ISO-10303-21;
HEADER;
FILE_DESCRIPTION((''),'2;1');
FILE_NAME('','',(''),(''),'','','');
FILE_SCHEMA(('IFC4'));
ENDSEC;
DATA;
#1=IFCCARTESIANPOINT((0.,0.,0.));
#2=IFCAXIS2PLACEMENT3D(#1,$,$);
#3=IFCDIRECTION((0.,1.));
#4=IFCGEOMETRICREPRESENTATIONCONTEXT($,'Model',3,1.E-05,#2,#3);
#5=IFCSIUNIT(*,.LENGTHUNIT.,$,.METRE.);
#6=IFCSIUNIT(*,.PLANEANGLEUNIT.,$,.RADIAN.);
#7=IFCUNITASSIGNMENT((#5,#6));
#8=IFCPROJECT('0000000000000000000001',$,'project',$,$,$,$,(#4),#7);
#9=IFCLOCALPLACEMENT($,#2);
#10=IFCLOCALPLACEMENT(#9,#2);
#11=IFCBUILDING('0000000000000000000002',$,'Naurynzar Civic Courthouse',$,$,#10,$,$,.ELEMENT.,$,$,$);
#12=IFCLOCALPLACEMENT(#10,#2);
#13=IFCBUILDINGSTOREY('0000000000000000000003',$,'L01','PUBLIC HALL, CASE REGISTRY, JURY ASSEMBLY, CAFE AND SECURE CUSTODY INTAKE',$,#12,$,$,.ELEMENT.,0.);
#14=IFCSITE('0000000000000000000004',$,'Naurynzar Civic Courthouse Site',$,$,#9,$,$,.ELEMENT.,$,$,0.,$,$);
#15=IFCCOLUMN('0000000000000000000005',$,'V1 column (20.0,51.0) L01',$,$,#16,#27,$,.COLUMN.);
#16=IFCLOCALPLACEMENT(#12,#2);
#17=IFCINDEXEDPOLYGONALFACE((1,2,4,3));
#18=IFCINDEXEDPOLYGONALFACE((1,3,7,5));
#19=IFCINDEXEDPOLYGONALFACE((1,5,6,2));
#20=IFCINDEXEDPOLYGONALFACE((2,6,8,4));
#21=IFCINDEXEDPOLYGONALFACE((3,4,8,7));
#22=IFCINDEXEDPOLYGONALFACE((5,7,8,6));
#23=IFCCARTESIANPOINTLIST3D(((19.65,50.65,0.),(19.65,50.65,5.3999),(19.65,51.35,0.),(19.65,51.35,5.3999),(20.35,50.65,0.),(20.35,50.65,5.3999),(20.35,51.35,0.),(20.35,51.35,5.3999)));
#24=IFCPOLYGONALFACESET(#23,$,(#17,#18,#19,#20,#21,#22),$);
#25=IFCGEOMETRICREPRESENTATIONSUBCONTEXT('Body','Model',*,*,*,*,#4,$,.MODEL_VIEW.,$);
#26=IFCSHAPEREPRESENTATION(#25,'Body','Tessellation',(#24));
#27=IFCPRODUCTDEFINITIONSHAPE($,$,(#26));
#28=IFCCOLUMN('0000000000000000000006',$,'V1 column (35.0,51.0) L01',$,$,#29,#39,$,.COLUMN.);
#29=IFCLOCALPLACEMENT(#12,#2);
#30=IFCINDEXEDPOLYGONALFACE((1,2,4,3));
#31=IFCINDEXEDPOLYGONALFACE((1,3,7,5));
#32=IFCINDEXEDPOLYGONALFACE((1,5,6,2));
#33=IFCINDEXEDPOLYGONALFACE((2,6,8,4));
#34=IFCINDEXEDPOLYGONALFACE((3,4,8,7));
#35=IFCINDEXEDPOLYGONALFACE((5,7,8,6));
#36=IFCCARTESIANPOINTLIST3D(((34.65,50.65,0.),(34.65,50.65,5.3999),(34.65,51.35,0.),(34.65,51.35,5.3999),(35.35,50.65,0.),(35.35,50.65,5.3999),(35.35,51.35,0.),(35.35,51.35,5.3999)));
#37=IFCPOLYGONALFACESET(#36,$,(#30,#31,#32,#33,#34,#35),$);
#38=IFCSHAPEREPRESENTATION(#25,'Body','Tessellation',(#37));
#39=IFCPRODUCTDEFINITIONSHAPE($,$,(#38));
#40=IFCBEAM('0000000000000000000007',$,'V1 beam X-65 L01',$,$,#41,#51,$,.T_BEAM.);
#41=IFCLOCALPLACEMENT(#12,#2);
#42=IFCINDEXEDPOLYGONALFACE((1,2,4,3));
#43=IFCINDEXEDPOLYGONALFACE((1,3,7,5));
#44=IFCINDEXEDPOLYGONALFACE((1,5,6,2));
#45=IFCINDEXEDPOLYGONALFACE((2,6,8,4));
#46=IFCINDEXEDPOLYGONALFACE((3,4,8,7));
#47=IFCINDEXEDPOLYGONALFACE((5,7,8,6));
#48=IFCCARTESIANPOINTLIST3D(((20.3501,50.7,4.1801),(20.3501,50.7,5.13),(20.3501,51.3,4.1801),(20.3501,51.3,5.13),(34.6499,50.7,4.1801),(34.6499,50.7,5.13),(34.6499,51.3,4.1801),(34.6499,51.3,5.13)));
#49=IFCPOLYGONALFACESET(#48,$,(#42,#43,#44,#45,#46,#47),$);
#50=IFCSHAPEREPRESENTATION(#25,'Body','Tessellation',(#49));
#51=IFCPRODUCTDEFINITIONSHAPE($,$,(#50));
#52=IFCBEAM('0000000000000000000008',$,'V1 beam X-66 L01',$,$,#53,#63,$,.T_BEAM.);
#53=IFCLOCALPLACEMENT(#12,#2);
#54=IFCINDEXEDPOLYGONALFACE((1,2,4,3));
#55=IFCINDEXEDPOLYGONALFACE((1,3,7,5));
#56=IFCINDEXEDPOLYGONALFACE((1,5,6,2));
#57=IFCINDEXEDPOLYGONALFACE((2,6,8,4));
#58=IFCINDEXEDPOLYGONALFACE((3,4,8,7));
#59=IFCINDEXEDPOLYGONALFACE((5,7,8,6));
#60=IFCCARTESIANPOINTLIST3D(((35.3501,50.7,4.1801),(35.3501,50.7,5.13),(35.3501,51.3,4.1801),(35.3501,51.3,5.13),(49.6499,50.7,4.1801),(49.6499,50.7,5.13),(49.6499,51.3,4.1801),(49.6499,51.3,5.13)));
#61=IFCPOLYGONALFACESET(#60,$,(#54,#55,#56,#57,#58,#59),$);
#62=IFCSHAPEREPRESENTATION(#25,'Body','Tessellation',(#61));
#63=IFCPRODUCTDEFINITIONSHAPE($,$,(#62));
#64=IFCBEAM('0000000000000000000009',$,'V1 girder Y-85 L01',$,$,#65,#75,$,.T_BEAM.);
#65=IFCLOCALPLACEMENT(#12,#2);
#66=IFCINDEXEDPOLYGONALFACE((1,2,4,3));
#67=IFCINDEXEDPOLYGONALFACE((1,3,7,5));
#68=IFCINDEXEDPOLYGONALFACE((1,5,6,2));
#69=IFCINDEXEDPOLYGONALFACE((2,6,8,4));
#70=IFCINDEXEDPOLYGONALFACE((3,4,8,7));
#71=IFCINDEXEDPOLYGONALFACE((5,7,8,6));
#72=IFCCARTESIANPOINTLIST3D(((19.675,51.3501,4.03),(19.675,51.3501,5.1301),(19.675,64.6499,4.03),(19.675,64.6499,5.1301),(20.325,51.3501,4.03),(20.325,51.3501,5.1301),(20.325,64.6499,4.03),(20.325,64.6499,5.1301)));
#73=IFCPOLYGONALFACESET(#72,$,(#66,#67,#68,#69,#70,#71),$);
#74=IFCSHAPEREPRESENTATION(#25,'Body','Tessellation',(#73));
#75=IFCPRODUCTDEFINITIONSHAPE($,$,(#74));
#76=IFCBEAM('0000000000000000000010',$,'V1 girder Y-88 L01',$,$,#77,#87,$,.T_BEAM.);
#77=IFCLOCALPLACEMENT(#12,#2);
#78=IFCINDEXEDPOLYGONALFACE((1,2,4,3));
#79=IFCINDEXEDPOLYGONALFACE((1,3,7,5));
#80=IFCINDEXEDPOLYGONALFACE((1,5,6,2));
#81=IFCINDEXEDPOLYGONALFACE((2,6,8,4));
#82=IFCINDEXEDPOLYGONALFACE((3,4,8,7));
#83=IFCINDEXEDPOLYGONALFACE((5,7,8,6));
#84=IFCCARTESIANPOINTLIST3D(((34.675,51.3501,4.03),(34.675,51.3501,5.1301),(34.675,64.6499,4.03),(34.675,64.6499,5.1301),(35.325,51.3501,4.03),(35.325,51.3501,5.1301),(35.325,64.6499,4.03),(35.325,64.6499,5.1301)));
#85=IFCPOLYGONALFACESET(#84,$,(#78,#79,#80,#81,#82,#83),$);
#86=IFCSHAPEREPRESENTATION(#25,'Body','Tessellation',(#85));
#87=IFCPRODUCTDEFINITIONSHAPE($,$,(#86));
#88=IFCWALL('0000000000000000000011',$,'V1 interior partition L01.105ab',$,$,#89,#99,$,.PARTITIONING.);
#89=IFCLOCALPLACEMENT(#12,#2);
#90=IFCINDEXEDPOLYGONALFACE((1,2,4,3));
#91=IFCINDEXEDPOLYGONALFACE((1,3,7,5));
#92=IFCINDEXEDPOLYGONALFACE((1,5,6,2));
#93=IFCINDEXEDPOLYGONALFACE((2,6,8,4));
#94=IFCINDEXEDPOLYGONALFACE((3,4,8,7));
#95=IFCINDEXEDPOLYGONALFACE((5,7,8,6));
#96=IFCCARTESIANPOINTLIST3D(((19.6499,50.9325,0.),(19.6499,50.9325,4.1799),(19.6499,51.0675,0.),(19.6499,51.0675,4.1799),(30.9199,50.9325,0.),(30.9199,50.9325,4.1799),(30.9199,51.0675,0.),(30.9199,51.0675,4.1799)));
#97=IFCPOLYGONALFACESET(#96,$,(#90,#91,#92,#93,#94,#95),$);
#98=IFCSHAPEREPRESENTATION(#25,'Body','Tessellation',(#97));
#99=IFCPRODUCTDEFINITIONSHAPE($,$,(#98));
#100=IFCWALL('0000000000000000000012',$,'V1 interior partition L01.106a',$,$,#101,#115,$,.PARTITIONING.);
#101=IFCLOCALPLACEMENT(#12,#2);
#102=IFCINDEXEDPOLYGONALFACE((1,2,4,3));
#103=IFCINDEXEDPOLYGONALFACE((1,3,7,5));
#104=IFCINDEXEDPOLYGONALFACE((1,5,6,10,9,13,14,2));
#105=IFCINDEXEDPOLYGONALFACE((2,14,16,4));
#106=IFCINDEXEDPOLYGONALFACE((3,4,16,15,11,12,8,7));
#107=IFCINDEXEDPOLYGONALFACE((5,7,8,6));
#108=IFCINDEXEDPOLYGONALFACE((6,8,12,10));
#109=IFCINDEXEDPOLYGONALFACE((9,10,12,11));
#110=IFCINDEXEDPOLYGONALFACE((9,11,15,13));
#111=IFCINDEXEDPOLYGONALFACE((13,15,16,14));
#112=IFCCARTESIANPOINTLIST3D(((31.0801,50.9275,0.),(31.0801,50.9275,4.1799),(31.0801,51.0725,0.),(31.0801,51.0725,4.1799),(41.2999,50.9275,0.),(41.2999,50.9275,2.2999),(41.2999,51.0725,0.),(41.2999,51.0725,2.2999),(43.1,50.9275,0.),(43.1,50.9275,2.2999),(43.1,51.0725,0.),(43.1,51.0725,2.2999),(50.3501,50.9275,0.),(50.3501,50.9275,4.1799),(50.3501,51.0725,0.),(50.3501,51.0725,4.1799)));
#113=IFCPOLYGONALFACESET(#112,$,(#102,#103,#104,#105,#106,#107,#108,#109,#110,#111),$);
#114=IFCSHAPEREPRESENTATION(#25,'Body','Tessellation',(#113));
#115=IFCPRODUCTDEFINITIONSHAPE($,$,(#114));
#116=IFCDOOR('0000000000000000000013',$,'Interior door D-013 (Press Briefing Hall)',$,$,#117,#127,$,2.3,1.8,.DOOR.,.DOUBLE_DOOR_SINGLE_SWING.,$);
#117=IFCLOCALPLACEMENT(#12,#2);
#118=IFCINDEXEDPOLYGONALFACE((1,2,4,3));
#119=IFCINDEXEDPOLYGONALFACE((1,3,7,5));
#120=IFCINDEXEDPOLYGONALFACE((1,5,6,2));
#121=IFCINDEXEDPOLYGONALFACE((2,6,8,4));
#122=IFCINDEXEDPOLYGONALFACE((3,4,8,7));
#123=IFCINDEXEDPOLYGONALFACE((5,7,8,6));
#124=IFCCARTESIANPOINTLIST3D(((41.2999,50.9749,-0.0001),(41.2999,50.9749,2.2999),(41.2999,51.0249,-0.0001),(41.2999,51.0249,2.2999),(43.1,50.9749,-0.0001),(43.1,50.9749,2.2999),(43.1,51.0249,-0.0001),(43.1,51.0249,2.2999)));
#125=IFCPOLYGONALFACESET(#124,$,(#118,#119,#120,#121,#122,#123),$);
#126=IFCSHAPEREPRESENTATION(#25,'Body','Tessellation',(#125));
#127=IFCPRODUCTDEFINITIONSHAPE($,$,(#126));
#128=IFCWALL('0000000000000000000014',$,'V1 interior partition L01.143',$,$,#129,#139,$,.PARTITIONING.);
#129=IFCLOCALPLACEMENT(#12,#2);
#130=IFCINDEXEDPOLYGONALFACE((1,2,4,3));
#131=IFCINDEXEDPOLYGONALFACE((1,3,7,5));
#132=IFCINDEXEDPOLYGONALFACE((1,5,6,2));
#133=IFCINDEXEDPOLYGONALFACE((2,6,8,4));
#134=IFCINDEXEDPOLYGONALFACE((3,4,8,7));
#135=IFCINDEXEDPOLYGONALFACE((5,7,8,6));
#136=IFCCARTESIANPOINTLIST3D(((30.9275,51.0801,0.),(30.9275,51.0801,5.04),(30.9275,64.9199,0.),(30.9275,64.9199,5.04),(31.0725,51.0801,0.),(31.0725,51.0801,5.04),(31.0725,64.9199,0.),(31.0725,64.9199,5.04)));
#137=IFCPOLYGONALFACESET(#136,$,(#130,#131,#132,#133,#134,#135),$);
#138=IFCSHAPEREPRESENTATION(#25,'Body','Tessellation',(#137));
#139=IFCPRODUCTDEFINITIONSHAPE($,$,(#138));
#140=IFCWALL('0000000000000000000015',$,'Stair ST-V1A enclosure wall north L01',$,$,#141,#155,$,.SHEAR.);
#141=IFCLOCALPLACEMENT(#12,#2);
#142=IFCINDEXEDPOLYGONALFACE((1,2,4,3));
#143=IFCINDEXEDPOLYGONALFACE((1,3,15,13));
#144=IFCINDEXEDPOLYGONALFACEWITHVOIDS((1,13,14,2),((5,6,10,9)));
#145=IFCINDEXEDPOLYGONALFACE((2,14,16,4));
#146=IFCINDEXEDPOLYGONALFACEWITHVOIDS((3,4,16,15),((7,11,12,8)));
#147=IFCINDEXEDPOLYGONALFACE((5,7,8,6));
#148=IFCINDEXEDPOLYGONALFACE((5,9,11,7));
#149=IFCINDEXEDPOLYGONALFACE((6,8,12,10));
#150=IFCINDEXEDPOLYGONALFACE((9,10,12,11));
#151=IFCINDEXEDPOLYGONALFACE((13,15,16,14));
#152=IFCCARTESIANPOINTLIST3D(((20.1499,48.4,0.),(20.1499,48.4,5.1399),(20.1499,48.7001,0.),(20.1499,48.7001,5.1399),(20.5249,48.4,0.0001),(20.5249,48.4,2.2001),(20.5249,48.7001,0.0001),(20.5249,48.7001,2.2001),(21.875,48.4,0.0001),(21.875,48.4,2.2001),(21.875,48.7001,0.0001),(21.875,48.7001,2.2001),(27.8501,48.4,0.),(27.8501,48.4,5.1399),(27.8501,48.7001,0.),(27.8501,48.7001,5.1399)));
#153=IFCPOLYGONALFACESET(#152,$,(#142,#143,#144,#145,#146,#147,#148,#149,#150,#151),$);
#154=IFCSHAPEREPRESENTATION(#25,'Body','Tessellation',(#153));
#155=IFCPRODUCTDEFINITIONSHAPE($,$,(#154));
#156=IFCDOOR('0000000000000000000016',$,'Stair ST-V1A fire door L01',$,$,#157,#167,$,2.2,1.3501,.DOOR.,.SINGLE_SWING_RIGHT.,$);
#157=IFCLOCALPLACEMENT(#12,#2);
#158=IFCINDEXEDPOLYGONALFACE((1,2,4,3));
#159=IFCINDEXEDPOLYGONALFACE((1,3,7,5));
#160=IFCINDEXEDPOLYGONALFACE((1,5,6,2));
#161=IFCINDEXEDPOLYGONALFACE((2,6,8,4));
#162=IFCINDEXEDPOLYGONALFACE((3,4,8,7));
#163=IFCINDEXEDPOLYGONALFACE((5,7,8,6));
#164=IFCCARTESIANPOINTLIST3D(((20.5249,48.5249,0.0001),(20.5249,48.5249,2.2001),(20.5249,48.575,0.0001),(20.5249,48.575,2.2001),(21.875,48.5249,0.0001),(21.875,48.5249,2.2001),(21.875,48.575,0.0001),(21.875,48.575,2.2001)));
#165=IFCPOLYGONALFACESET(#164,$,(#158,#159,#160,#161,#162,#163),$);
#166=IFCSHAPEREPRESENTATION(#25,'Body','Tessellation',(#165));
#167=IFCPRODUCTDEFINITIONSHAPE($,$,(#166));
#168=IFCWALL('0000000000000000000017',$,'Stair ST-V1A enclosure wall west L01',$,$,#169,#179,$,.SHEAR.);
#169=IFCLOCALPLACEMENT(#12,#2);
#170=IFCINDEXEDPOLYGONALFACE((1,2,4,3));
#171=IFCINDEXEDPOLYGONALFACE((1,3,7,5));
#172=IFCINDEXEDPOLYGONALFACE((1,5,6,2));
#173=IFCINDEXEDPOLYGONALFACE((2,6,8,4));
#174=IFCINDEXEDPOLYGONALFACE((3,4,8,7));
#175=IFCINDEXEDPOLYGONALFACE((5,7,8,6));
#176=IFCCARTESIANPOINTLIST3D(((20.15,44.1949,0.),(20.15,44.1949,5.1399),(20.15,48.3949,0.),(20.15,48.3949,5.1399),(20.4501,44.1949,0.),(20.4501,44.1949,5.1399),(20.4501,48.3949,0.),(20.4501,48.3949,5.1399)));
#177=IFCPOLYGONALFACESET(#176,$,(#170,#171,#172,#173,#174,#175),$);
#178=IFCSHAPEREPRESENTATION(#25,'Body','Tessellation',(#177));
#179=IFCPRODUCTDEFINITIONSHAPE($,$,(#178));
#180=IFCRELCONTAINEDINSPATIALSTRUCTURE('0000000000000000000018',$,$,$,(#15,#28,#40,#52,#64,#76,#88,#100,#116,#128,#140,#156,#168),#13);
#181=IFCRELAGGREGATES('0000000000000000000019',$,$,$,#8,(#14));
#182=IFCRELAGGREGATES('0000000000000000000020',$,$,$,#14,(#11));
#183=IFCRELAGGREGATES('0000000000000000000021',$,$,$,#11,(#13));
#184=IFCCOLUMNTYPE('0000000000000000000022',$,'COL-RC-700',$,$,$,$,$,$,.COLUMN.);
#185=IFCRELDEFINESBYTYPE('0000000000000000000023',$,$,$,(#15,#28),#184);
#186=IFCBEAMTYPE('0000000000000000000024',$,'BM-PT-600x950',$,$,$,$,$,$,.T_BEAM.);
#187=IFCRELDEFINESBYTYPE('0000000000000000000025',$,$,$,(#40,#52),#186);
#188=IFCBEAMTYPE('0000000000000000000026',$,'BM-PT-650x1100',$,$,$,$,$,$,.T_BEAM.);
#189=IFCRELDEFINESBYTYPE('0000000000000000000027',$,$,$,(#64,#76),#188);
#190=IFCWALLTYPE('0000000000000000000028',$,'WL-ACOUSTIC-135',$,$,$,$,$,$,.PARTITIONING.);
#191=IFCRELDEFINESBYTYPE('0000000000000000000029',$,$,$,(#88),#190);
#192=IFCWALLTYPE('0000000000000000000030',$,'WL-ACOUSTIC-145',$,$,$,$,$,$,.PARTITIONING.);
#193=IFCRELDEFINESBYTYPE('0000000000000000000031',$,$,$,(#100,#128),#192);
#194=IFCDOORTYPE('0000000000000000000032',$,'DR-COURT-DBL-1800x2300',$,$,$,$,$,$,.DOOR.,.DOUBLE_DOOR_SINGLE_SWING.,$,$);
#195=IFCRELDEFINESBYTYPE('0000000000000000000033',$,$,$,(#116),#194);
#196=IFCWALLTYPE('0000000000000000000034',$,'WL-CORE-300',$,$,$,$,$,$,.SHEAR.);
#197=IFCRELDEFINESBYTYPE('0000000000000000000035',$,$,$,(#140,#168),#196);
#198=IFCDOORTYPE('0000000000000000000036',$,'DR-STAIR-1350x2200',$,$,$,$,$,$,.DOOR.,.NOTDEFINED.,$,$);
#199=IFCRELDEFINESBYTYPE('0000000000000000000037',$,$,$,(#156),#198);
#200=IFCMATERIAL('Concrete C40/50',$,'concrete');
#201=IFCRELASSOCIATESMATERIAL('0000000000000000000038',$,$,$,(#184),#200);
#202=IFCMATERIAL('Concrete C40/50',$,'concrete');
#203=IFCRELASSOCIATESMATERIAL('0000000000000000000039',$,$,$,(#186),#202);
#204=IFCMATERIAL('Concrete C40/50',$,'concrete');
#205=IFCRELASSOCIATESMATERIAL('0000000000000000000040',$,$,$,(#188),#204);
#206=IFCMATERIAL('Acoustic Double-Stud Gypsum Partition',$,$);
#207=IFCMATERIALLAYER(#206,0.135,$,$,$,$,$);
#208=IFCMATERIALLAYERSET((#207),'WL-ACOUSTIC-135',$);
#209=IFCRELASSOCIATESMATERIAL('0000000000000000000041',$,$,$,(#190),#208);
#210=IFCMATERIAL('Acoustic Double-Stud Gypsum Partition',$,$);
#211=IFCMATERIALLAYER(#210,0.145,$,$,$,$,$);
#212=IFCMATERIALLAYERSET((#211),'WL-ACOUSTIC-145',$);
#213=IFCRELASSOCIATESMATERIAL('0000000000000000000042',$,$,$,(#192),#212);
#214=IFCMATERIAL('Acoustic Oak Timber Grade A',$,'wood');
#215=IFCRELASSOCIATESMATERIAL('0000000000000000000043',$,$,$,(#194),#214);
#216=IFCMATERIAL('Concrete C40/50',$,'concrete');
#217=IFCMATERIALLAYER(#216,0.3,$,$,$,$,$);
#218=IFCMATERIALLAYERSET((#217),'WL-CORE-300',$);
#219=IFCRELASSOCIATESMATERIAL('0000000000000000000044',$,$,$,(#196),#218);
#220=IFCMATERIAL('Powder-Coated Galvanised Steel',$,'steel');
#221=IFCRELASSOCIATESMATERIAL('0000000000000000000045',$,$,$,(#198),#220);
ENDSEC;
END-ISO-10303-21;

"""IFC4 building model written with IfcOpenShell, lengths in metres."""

from ifc_helpers import new_model, si_unit, direction, frame, frame_2d, origin, origin_2d, place, context, subcontext, project, spatial, rectangle, extrude, material, layer, layer_set, material_profile, profile_set, type_object, element, fill, save


model = new_model("IFC4")

# Units and contexts
model_context = context("Model", 3, precision=1e-05, world=origin(), true_north=direction((0.0, 1.0)))
body_context = subcontext(model_context, "Body", "Model", "MODEL_VIEW")
ifc_project = project(units=[si_unit("LENGTHUNIT", "METRE"), si_unit("PLANEANGLEUNIT", "RADIAN")], contexts=[model_context])

# Site, building, storey
site_placement = place(None, origin())
site = spatial("IfcSite", under=ifc_project, at=site_placement, Name="Naurynzar Civic Courthouse Site", CompositionType="ELEMENT", RefElevation=0.0)
building_placement = place(site_placement, origin())
building = spatial("IfcBuilding", under=site, at=building_placement, Name="Naurynzar Civic Courthouse", CompositionType="ELEMENT")
storey_placement = place(building_placement, origin())
storey = spatial("IfcBuildingStorey", under=building, at=storey_placement, Name="L01", Description="PUBLIC HALL, CASE REGISTRY, JURY ASSEMBLY, CAFE AND SECURE CUSTODY INTAKE", CompositionType="ELEMENT", Elevation=0.0)

# Columns
ifc_material_1 = material(Name="Concrete C40/50", Category="concrete")
ifc_material_profile_1 = material_profile(ifc_material_1, rectangle(XDim=0.7, YDim=0.7, at=origin_2d()), Name="RC 700x700")
ifc_profile_set_1 = profile_set([ifc_material_profile_1], Name="Concrete C40/50")
column_type = type_object("IfcColumnType", Name="COL-RC-700", PredefinedType="COLUMN", material=ifc_profile_set_1)
for number, where, z_axis, x_axis, name in (
    (1, (20.0, 51.0, 0.0), (0.0, 0.0, 1.0), (1.0, 0.0, 0.0), "V1 column (20.0,51.0) L01"),
    (2, (35.0, 51.0, 0.0), (0.0, 0.0, 1.0), (1.0, 0.0, 0.0), "V1 column (35.0,51.0) L01"),
):
    element("IfcColumn", number, at=place(storey_placement, frame(where, z_axis=z_axis, x_axis=x_axis)), inside=storey, type_object=column_type, Name=name, PredefinedType="COLUMN", context=body_context, shape_type="SweptSolid", body=[
        extrude(rectangle(XDim=0.7, YDim=0.7, at=origin_2d()), origin(), (0.0, 0.0, 1.0), 5.3999),
    ])

# Beams
ifc_material_2 = material(Name="Concrete C40/50", Category="concrete")
ifc_material_profile_2 = material_profile(ifc_material_2, rectangle(XDim=0.6001, YDim=0.95, at=origin_2d()), Name="PTB 600x950")
ifc_profile_set_2 = profile_set([ifc_material_profile_2], Name="Concrete C40/50")
beam_type_1 = type_object("IfcBeamType", Name="BM-PT-600x950", PredefinedType="T_BEAM", material=ifc_profile_set_2)
for number, where, z_axis, x_axis, name in (
    (3, (20.3501, 51.0, 4.655), (1.0, 0.0, 0.0), (0.0, 1.0, 0.0), "V1 beam X-65 L01"),
    (4, (35.3501, 51.0, 4.655), (1.0, 0.0, 0.0), (0.0, 1.0, 0.0), "V1 beam X-66 L01"),
):
    element("IfcBeam", number, at=place(storey_placement, frame(where, z_axis=z_axis, x_axis=x_axis)), inside=storey, type_object=beam_type_1, Name=name, PredefinedType="T_BEAM", context=body_context, shape_type="SweptSolid", body=[
        extrude(rectangle(XDim=0.6001, YDim=0.95, at=origin_2d()), origin(), (0.0, 0.0, 1.0), 14.2998),
    ])
ifc_material_3 = material(Name="Concrete C40/50", Category="concrete")
ifc_material_profile_3 = material_profile(ifc_material_3, rectangle(XDim=0.6499, YDim=1.1001, at=origin_2d()), Name="PTB 650x1100")
ifc_profile_set_3 = profile_set([ifc_material_profile_3], Name="Concrete C40/50")
beam_type_2 = type_object("IfcBeamType", Name="BM-PT-650x1100", PredefinedType="T_BEAM", material=ifc_profile_set_3)
for number, where, z_axis, x_axis, name in (
    (5, (20.0, 51.3501, 4.5801), (0.0, 1.0, 0.0), (-1.0, 0.0, 0.0), "V1 girder Y-85 L01"),
    (6, (35.0, 51.3501, 4.5801), (0.0, 1.0, 0.0), (-1.0, 0.0, 0.0), "V1 girder Y-88 L01"),
):
    element("IfcBeam", number, at=place(storey_placement, frame(where, z_axis=z_axis, x_axis=x_axis)), inside=storey, type_object=beam_type_2, Name=name, PredefinedType="T_BEAM", context=body_context, shape_type="SweptSolid", body=[
        extrude(rectangle(XDim=0.6499, YDim=1.1001, at=origin_2d()), origin(), (0.0, 0.0, 1.0), 13.2998),
    ])

# Wall
ifc_material_4 = material(Name="Acoustic Double-Stud Gypsum Partition")
ifc_layer_1 = layer(ifc_material_4, 0.135)
ifc_layer_set_1 = layer_set([ifc_layer_1], Name="WL-ACOUSTIC-135")
wall_type_1 = type_object("IfcWallType", Name="WL-ACOUSTIC-135", PredefinedType="PARTITIONING", material=ifc_layer_set_1)
wall_1_placement = place(storey_placement, frame((19.6499, 51.0, 0.0), z_axis=(0.0, 0.0, 1.0), x_axis=(1.0, 0.0, 0.0)))
element("IfcWall", 7, at=wall_1_placement, inside=storey, type_object=wall_type_1, Name="V1 interior partition L01.105ab", PredefinedType="PARTITIONING", context=body_context, shape_type="SweptSolid", body=[
    extrude(rectangle(XDim=11.27, YDim=0.135, at=frame_2d((5.635, 0.0))), origin(), (0.0, 0.0, 1.0), 4.1799),
])

# Wall, opening, door
ifc_material_5 = material(Name="Acoustic Double-Stud Gypsum Partition")
ifc_layer_2 = layer(ifc_material_5, 0.145)
ifc_layer_set_2 = layer_set([ifc_layer_2], Name="WL-ACOUSTIC-145")
wall_type_2 = type_object("IfcWallType", Name="WL-ACOUSTIC-145", PredefinedType="PARTITIONING", material=ifc_layer_set_2)
wall_2_placement = place(storey_placement, frame((31.0801, 51.0, 0.0), z_axis=(0.0, 0.0, 1.0), x_axis=(1.0, 0.0, 0.0)))
wall_2 = element("IfcWall", 8, at=wall_2_placement, inside=storey, type_object=wall_type_2, Name="V1 interior partition L01.106a", PredefinedType="PARTITIONING", context=body_context, shape_type="SweptSolid", body=[
    extrude(rectangle(XDim=19.27, YDim=0.145, at=frame_2d((9.635, 0.0))), origin(), (0.0, 0.0, 1.0), 4.1799),
])
opening_1_placement = place(wall_2_placement, frame((10.22, 0.0, 0.0)))
opening_1 = element("IfcOpeningElement", 9, at=opening_1_placement, cuts=wall_2, PredefinedType="OPENING", context=body_context, shape_type="SweptSolid", body=[
    extrude(rectangle(XDim=1.8, YDim=2.3, at=frame_2d((0.8999, 1.1499))), frame((0.0, 0.0825, 0.0), z_axis=(0.0, -1.0, 0.0), x_axis=(1.0, 0.0, 0.0)), (0.0, 0.0, 1.0), 0.165),
])
ifc_material_6 = material(Name="Acoustic Oak Timber Grade A", Category="wood")
door_type_1 = type_object("IfcDoorType", Name="DR-COURT-DBL-1800x2300", OperationType="DOUBLE_DOOR_SINGLE_SWING", PredefinedType="DOOR", material=ifc_material_6)
door_1_placement = place(opening_1_placement, origin())
door_1 = element("IfcDoor", 10, at=door_1_placement, inside=storey, type_object=door_type_1, Name="Interior door D-013 (Press Briefing Hall)", OperationType="DOUBLE_DOOR_SINGLE_SWING", OverallHeight=2.3, OverallWidth=1.8, PredefinedType="DOOR", context=body_context, shape_type="SweptSolid", body=[
    extrude(rectangle(XDim=1.8, YDim=2.3, at=frame_2d((0.8999, 1.1499))), frame((0.0, 0.0249, 0.0), z_axis=(0.0, -1.0, 0.0), x_axis=(1.0, 0.0, 0.0)), (0.0, 0.0, 1.0), 0.05),
])
fill(opening_1, door_1)

# Wall
wall_3_placement = place(storey_placement, frame((31.0, 51.0801, 0.0), z_axis=(0.0, 0.0, 1.0), x_axis=(0.0, 1.0, 0.0)))
element("IfcWall", 11, at=wall_3_placement, inside=storey, type_object=wall_type_2, Name="V1 interior partition L01.143", PredefinedType="PARTITIONING", context=body_context, shape_type="SweptSolid", body=[
    extrude(rectangle(XDim=13.8398, YDim=0.145, at=frame_2d((6.9199, 0.0))), origin(), (0.0, 0.0, 1.0), 5.04),
])

# Wall, opening, door
ifc_material_7 = material(Name="Concrete C40/50", Category="concrete")
ifc_layer_3 = layer(ifc_material_7, 0.3)
ifc_layer_set_3 = layer_set([ifc_layer_3], Name="WL-CORE-300")
wall_type_3 = type_object("IfcWallType", Name="WL-CORE-300", PredefinedType="SHEAR", material=ifc_layer_set_3)
wall_4_placement = place(storey_placement, frame((20.1499, 48.55, 0.0), z_axis=(0.0, 0.0, 1.0), x_axis=(1.0, 0.0, 0.0)))
wall_4 = element("IfcWall", 12, at=wall_4_placement, inside=storey, type_object=wall_type_3, Name="Stair ST-V1A enclosure wall north L01", PredefinedType="SHEAR", context=body_context, shape_type="SweptSolid", body=[
    extrude(rectangle(XDim=7.7002, YDim=0.3, at=frame_2d((3.8501, 0.0))), origin(), (0.0, 0.0, 1.0), 5.1399),
])
opening_2_placement = place(wall_4_placement, frame((0.375, 0.0, 0.0)))
opening_2 = element("IfcOpeningElement", 13, at=opening_2_placement, cuts=wall_4, PredefinedType="OPENING", context=body_context, shape_type="SweptSolid", body=[
    extrude(rectangle(XDim=1.3501, YDim=2.2, at=frame_2d((0.675, 1.1001))), frame((0.0, 0.1599, 0.0), z_axis=(0.0, -1.0, 0.0), x_axis=(1.0, 0.0, 0.0)), (0.0, 0.0, 1.0), 0.3201),
])
ifc_material_8 = material(Name="Powder-Coated Galvanised Steel", Category="steel")
door_type_2 = type_object("IfcDoorType", Name="DR-STAIR-1350x2200", OperationType="NOTDEFINED", PredefinedType="DOOR", material=ifc_material_8)
door_2_placement = place(opening_2_placement, origin())
door_2 = element("IfcDoor", 14, at=door_2_placement, inside=storey, type_object=door_type_2, Name="Stair ST-V1A fire door L01", OperationType="SINGLE_SWING_RIGHT", OverallHeight=2.2, OverallWidth=1.3501, PredefinedType="DOOR", context=body_context, shape_type="SweptSolid", body=[
    extrude(rectangle(XDim=1.3501, YDim=2.2, at=frame_2d((0.675, 1.1001))), frame((0.0, 0.0249, 0.0), z_axis=(0.0, -1.0, 0.0), x_axis=(1.0, 0.0, 0.0)), (0.0, 0.0, 1.0), 0.05),
])
fill(opening_2, door_2)

# Wall
wall_5_placement = place(storey_placement, frame((20.3, 48.395, 0.0), z_axis=(0.0, 0.0, 1.0), x_axis=(0.0, -1.0, 0.0)))
element("IfcWall", 15, at=wall_5_placement, inside=storey, type_object=wall_type_3, Name="Stair ST-V1A enclosure wall west L01", PredefinedType="SHEAR", context=body_context, shape_type="SweptSolid", body=[
    extrude(rectangle(XDim=4.2, YDim=0.3, at=frame_2d((2.1001, 0.0))), origin(), (0.0, 0.0, 1.0), 5.1399),
])

save(model, "model.ifc")
